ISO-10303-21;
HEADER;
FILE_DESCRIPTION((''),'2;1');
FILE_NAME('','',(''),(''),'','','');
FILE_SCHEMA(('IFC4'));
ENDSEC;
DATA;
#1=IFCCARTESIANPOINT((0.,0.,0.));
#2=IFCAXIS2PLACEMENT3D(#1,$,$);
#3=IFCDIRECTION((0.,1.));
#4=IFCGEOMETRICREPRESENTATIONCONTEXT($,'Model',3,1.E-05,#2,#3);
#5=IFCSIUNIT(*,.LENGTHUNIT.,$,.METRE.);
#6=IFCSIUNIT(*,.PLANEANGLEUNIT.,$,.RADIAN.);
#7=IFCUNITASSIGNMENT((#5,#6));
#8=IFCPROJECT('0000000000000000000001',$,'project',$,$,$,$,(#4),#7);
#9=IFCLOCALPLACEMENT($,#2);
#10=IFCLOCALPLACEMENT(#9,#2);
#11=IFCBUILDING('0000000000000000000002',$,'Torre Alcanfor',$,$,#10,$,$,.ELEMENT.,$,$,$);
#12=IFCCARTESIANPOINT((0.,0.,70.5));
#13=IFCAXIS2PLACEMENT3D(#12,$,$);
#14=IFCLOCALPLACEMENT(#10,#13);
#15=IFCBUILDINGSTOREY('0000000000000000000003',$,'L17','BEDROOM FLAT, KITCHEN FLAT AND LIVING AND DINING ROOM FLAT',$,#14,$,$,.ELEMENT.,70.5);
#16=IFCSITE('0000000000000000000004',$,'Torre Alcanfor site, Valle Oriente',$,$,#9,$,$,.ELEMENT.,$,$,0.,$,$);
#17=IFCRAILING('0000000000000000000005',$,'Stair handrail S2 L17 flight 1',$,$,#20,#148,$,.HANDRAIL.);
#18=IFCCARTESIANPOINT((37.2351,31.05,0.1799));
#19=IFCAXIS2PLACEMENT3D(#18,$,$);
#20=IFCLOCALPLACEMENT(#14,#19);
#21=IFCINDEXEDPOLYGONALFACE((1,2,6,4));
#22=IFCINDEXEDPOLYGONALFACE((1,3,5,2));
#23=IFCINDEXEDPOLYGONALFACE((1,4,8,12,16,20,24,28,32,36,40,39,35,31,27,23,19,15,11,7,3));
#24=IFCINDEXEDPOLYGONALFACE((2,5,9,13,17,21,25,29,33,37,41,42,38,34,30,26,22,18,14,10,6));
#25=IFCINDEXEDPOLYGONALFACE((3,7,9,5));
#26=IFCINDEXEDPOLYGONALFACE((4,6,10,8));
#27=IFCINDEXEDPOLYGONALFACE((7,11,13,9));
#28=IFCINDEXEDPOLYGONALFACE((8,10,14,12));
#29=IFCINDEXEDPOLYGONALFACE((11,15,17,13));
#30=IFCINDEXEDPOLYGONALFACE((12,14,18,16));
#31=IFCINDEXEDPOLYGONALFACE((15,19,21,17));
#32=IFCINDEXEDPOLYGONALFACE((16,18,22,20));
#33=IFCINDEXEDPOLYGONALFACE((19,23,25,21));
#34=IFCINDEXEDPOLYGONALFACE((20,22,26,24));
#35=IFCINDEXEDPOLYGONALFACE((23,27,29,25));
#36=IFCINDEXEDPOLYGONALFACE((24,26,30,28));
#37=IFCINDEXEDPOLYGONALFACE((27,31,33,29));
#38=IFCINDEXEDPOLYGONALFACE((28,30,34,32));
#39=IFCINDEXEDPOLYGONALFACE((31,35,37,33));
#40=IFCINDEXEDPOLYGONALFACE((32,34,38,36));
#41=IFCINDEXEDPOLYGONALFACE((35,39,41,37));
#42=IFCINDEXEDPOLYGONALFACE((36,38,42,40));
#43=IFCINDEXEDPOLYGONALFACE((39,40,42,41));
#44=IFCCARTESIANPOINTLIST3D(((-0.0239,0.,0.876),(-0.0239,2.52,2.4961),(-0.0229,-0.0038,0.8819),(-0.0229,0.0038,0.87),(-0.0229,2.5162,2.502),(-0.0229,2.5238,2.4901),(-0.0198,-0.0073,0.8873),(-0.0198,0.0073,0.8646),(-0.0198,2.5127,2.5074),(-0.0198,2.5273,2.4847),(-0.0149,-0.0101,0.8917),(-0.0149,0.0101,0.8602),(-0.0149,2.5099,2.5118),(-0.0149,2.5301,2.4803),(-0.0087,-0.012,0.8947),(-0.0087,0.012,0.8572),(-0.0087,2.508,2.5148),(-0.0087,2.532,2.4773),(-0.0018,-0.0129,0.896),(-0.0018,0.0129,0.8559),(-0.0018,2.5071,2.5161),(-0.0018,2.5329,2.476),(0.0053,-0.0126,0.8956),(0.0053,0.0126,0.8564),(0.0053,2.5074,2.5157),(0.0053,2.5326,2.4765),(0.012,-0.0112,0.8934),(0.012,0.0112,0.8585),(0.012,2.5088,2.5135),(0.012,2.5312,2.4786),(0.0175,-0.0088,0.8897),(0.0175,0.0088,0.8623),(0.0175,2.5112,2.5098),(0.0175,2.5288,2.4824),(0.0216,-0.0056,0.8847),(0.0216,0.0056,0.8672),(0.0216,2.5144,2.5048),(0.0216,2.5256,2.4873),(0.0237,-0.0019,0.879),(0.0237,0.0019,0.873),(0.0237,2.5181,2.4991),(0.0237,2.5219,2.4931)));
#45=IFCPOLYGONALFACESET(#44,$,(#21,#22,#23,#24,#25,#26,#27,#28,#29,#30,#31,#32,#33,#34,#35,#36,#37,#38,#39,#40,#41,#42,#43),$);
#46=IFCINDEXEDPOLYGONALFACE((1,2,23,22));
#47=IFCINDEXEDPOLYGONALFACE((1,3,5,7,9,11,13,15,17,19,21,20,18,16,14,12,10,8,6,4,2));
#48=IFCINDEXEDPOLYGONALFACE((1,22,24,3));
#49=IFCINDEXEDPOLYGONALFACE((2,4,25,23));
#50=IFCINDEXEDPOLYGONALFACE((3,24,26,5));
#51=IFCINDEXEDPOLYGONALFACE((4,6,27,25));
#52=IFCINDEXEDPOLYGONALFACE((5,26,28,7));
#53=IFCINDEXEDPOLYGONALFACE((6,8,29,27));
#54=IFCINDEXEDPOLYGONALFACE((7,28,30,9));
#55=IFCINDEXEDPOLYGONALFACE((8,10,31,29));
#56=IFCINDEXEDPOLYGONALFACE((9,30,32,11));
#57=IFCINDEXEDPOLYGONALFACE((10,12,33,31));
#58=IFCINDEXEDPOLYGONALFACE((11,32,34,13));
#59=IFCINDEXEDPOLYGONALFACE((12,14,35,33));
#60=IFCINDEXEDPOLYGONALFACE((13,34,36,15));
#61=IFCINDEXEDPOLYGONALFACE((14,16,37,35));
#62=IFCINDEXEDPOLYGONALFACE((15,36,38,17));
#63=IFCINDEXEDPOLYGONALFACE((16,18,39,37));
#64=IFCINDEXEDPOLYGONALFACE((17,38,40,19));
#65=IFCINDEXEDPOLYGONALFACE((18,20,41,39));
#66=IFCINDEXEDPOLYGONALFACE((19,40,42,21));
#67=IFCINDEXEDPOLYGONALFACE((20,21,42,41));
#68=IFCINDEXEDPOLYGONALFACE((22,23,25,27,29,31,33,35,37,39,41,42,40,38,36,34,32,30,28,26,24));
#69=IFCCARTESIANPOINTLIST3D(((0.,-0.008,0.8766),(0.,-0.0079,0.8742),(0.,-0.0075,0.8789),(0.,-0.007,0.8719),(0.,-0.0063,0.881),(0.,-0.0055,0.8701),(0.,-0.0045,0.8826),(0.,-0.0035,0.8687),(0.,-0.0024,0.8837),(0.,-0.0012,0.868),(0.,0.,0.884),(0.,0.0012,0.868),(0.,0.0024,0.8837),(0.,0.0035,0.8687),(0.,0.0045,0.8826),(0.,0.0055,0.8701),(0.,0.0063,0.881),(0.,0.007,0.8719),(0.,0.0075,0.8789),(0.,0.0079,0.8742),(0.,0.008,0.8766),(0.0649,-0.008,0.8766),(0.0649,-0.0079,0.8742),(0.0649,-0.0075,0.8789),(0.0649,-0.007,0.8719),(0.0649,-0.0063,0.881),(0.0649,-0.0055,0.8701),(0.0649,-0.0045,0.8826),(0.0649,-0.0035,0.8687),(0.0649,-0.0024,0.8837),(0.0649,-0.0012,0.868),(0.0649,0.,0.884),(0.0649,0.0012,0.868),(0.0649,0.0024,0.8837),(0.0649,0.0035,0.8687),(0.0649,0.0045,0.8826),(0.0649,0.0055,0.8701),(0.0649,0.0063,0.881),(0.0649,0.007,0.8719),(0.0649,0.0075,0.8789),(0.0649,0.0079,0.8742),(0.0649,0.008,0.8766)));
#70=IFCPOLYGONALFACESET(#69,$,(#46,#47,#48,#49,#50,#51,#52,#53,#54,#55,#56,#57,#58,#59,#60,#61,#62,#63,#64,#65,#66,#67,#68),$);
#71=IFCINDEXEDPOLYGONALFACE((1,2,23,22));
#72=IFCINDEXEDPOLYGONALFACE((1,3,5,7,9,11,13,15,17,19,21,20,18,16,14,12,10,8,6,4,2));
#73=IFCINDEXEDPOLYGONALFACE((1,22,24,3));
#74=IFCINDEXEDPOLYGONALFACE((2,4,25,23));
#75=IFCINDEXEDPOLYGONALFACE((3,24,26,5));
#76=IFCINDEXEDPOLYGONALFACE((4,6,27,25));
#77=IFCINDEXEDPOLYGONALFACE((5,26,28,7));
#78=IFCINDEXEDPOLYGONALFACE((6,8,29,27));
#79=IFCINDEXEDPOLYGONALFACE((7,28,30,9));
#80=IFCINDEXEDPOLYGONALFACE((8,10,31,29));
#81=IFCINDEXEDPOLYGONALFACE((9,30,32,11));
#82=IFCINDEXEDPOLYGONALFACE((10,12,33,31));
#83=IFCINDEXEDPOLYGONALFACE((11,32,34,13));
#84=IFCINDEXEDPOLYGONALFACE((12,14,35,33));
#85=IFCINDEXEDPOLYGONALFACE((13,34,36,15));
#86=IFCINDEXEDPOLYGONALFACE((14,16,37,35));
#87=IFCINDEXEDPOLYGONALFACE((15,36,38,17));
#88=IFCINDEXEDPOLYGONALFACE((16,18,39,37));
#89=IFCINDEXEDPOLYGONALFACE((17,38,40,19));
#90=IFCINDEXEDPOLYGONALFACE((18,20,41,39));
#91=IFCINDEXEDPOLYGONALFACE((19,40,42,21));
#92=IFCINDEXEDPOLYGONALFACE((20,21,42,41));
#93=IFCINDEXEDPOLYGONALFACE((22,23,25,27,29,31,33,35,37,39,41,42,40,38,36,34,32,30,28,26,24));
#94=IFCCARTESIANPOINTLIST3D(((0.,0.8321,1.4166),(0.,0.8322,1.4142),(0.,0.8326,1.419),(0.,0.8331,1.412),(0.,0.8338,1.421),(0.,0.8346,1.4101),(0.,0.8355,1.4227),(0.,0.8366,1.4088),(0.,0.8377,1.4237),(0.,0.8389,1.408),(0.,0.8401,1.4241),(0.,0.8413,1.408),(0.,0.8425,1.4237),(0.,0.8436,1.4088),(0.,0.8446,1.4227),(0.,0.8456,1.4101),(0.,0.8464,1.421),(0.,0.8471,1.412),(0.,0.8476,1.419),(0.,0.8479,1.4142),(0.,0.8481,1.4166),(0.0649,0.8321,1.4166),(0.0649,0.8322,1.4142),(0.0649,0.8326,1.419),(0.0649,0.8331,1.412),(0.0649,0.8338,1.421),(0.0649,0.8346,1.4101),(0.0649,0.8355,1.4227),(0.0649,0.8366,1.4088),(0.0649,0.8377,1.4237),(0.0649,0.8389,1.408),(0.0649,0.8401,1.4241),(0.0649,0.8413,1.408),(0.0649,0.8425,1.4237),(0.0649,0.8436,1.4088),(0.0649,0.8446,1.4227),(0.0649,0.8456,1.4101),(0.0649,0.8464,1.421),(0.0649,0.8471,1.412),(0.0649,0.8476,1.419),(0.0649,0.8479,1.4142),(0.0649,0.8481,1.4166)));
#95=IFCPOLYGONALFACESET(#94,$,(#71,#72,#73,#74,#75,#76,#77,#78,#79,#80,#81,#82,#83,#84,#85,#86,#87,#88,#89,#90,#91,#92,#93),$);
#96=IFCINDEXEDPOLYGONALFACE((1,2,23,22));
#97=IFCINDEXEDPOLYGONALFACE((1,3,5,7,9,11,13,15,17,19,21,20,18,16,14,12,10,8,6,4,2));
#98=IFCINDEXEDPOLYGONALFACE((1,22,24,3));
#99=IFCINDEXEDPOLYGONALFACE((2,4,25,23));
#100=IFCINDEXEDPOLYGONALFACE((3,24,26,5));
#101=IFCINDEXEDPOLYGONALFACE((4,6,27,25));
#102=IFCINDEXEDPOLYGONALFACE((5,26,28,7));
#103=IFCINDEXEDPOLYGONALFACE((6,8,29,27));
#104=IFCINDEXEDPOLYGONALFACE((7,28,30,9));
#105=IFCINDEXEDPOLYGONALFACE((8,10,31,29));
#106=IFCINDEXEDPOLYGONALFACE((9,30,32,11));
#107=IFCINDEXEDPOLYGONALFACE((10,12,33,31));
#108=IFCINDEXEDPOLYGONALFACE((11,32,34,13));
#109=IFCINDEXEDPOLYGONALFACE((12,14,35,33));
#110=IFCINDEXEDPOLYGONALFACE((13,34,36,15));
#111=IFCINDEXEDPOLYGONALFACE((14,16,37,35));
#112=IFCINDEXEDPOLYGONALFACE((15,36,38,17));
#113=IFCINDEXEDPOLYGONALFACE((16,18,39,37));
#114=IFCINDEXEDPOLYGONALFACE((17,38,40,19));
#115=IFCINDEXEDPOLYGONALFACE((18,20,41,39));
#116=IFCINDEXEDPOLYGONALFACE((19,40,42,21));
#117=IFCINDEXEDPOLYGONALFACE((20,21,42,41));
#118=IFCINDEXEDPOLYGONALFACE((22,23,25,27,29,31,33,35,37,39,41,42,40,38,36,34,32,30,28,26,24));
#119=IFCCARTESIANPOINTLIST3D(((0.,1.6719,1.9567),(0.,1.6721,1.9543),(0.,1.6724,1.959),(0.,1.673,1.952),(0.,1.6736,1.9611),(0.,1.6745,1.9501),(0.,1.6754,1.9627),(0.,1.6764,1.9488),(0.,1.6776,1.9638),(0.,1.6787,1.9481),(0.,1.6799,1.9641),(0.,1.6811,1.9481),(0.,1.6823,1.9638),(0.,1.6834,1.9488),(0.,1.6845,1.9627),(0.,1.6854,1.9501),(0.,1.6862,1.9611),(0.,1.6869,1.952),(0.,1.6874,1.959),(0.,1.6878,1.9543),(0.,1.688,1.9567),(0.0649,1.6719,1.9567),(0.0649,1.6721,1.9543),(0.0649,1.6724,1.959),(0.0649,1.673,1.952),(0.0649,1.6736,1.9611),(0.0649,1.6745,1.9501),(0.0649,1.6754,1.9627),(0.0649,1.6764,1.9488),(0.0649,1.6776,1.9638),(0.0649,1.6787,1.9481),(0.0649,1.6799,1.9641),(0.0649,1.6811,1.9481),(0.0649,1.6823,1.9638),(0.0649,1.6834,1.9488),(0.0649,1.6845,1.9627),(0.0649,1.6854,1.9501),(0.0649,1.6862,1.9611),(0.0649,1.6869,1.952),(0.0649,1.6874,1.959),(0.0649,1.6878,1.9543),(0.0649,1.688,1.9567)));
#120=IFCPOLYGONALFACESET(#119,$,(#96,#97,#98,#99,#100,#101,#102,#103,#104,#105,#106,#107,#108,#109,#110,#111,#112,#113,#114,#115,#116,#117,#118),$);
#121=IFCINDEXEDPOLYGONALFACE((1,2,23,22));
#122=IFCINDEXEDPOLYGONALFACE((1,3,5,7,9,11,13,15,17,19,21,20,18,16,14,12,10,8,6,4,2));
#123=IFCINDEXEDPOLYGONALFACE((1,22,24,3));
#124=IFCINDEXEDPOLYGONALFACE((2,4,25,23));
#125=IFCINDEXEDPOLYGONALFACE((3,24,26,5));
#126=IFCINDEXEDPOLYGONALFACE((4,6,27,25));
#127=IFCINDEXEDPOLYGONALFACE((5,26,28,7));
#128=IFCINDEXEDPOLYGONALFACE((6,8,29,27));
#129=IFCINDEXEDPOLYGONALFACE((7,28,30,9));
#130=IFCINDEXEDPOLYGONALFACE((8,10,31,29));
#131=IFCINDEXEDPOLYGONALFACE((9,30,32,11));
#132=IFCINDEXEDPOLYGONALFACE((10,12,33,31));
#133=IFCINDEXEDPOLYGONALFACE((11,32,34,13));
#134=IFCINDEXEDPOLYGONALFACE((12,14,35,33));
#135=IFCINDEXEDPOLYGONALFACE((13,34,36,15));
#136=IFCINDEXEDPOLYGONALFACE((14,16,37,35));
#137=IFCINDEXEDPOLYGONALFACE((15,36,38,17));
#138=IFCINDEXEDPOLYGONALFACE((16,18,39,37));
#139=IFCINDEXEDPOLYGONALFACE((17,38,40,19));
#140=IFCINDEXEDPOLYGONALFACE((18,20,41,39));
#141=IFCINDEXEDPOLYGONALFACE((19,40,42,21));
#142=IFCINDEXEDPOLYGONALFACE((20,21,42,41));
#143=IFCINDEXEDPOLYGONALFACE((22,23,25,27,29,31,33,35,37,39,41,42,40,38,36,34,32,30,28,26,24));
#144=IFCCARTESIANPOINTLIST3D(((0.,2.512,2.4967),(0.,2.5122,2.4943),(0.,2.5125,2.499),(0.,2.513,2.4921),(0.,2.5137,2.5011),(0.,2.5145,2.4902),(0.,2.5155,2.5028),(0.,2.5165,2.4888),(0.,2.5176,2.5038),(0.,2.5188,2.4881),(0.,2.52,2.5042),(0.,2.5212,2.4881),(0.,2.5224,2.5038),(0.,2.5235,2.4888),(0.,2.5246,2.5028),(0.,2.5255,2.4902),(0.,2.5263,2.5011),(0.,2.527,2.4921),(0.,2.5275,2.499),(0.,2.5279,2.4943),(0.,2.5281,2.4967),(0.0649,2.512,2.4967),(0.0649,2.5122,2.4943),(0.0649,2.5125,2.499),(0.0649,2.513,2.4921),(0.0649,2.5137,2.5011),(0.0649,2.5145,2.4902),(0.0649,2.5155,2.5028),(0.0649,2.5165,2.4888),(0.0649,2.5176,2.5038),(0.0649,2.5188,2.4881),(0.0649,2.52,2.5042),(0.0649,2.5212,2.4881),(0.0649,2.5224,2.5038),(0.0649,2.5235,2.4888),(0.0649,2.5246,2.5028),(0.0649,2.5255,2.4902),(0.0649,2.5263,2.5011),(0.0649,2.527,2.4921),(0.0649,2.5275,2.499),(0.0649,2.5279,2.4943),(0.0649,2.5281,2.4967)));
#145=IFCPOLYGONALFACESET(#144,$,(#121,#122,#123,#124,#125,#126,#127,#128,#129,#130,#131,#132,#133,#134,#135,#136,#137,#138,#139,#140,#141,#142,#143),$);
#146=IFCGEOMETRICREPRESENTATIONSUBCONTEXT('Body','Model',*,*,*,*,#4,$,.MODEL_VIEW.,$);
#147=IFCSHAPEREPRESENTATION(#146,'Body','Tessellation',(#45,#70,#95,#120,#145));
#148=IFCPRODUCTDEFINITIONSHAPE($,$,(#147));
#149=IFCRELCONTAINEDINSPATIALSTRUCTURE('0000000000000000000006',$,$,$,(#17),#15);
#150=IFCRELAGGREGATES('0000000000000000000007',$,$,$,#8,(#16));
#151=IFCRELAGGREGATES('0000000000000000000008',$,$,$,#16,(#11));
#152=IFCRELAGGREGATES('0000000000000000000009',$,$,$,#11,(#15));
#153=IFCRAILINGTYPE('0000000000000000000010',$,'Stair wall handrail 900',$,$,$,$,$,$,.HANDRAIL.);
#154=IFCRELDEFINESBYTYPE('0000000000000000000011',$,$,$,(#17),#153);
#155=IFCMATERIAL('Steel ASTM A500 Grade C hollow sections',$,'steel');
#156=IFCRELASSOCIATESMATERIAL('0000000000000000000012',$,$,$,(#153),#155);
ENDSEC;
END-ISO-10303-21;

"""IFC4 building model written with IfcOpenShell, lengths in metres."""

from ifc_helpers import new_model, si_unit, direction, frame, origin, origin_2d, place, context, subcontext, project, spatial, circle, extrude, material, type_object, element, save


model = new_model("IFC4")

# Units and contexts
model_context = context("Model", 3, precision=1e-05, world=origin(), true_north=direction((0.0, 1.0)))
body_context = subcontext(model_context, "Body", "Model", "MODEL_VIEW")
ifc_project = project(units=[si_unit("LENGTHUNIT", "METRE"), si_unit("PLANEANGLEUNIT", "RADIAN")], contexts=[model_context])

# Site, building, storey
site_placement = place(None, origin())
site = spatial("IfcSite", under=ifc_project, at=site_placement, Name="Torre Alcanfor site, Valle Oriente", CompositionType="ELEMENT", RefElevation=0.0)
building_placement = place(site_placement, origin())
building = spatial("IfcBuilding", under=site, at=building_placement, Name="Torre Alcanfor", CompositionType="ELEMENT")
storey_placement = place(building_placement, frame((0.0, 0.0, 70.5)))
storey = spatial("IfcBuildingStorey", under=building, at=storey_placement, Name="L17", Description="BEDROOM FLAT, KITCHEN FLAT AND LIVING AND DINING ROOM FLAT", CompositionType="ELEMENT", Elevation=70.5)

# Railing
ifc_material_1 = material(Name="Steel ASTM A500 Grade C hollow sections", Category="steel")
railing_type_1 = type_object("IfcRailingType", Name="Stair wall handrail 900", PredefinedType="HANDRAIL", material=ifc_material_1)
railing_1_placement = place(storey_placement, frame((37.2351, 31.05, 0.1799)))
element("IfcRailing", 1, at=railing_1_placement, inside=storey, type_object=railing_type_1, Name="Stair handrail S2 L17 flight 1", PredefinedType="HANDRAIL", context=body_context, shape_type="SweptSolid", body=[
    extrude(circle(Radius=0.0239, at=origin_2d()), frame((0.0, 0.0, 0.876), z_axis=(0.0, 0.841163, 0.540782), x_axis=(-1.0, 0.0, 0.0)), (0.0, 0.0, 1.0), 2.9958),
    extrude(circle(Radius=0.0081, at=origin_2d()), frame((0.0, 0.0, 0.876), z_axis=(1.0, 0.0, 0.0), x_axis=(0.0, 0.0, 1.0)), (0.0, 0.0, 1.0), 0.0649),
    extrude(circle(Radius=0.0081, at=origin_2d()), frame((0.0, 0.8401, 1.416), z_axis=(1.0, 0.0, 0.0), x_axis=(0.0, 0.0, 1.0)), (0.0, 0.0, 1.0), 0.0649),
    extrude(circle(Radius=0.0081, at=origin_2d()), frame((0.0, 1.6799, 1.9561), z_axis=(1.0, 0.0, 0.0), x_axis=(0.0, 0.0, 1.0)), (0.0, 0.0, 1.0), 0.0649),
    extrude(circle(Radius=0.0081, at=origin_2d()), frame((0.0, 2.52, 2.4961), z_axis=(1.0, 0.0, 0.0), x_axis=(0.0, 0.0, 1.0)), (0.0, 0.0, 1.0), 0.0649),
])

save(model, "model.ifc")
